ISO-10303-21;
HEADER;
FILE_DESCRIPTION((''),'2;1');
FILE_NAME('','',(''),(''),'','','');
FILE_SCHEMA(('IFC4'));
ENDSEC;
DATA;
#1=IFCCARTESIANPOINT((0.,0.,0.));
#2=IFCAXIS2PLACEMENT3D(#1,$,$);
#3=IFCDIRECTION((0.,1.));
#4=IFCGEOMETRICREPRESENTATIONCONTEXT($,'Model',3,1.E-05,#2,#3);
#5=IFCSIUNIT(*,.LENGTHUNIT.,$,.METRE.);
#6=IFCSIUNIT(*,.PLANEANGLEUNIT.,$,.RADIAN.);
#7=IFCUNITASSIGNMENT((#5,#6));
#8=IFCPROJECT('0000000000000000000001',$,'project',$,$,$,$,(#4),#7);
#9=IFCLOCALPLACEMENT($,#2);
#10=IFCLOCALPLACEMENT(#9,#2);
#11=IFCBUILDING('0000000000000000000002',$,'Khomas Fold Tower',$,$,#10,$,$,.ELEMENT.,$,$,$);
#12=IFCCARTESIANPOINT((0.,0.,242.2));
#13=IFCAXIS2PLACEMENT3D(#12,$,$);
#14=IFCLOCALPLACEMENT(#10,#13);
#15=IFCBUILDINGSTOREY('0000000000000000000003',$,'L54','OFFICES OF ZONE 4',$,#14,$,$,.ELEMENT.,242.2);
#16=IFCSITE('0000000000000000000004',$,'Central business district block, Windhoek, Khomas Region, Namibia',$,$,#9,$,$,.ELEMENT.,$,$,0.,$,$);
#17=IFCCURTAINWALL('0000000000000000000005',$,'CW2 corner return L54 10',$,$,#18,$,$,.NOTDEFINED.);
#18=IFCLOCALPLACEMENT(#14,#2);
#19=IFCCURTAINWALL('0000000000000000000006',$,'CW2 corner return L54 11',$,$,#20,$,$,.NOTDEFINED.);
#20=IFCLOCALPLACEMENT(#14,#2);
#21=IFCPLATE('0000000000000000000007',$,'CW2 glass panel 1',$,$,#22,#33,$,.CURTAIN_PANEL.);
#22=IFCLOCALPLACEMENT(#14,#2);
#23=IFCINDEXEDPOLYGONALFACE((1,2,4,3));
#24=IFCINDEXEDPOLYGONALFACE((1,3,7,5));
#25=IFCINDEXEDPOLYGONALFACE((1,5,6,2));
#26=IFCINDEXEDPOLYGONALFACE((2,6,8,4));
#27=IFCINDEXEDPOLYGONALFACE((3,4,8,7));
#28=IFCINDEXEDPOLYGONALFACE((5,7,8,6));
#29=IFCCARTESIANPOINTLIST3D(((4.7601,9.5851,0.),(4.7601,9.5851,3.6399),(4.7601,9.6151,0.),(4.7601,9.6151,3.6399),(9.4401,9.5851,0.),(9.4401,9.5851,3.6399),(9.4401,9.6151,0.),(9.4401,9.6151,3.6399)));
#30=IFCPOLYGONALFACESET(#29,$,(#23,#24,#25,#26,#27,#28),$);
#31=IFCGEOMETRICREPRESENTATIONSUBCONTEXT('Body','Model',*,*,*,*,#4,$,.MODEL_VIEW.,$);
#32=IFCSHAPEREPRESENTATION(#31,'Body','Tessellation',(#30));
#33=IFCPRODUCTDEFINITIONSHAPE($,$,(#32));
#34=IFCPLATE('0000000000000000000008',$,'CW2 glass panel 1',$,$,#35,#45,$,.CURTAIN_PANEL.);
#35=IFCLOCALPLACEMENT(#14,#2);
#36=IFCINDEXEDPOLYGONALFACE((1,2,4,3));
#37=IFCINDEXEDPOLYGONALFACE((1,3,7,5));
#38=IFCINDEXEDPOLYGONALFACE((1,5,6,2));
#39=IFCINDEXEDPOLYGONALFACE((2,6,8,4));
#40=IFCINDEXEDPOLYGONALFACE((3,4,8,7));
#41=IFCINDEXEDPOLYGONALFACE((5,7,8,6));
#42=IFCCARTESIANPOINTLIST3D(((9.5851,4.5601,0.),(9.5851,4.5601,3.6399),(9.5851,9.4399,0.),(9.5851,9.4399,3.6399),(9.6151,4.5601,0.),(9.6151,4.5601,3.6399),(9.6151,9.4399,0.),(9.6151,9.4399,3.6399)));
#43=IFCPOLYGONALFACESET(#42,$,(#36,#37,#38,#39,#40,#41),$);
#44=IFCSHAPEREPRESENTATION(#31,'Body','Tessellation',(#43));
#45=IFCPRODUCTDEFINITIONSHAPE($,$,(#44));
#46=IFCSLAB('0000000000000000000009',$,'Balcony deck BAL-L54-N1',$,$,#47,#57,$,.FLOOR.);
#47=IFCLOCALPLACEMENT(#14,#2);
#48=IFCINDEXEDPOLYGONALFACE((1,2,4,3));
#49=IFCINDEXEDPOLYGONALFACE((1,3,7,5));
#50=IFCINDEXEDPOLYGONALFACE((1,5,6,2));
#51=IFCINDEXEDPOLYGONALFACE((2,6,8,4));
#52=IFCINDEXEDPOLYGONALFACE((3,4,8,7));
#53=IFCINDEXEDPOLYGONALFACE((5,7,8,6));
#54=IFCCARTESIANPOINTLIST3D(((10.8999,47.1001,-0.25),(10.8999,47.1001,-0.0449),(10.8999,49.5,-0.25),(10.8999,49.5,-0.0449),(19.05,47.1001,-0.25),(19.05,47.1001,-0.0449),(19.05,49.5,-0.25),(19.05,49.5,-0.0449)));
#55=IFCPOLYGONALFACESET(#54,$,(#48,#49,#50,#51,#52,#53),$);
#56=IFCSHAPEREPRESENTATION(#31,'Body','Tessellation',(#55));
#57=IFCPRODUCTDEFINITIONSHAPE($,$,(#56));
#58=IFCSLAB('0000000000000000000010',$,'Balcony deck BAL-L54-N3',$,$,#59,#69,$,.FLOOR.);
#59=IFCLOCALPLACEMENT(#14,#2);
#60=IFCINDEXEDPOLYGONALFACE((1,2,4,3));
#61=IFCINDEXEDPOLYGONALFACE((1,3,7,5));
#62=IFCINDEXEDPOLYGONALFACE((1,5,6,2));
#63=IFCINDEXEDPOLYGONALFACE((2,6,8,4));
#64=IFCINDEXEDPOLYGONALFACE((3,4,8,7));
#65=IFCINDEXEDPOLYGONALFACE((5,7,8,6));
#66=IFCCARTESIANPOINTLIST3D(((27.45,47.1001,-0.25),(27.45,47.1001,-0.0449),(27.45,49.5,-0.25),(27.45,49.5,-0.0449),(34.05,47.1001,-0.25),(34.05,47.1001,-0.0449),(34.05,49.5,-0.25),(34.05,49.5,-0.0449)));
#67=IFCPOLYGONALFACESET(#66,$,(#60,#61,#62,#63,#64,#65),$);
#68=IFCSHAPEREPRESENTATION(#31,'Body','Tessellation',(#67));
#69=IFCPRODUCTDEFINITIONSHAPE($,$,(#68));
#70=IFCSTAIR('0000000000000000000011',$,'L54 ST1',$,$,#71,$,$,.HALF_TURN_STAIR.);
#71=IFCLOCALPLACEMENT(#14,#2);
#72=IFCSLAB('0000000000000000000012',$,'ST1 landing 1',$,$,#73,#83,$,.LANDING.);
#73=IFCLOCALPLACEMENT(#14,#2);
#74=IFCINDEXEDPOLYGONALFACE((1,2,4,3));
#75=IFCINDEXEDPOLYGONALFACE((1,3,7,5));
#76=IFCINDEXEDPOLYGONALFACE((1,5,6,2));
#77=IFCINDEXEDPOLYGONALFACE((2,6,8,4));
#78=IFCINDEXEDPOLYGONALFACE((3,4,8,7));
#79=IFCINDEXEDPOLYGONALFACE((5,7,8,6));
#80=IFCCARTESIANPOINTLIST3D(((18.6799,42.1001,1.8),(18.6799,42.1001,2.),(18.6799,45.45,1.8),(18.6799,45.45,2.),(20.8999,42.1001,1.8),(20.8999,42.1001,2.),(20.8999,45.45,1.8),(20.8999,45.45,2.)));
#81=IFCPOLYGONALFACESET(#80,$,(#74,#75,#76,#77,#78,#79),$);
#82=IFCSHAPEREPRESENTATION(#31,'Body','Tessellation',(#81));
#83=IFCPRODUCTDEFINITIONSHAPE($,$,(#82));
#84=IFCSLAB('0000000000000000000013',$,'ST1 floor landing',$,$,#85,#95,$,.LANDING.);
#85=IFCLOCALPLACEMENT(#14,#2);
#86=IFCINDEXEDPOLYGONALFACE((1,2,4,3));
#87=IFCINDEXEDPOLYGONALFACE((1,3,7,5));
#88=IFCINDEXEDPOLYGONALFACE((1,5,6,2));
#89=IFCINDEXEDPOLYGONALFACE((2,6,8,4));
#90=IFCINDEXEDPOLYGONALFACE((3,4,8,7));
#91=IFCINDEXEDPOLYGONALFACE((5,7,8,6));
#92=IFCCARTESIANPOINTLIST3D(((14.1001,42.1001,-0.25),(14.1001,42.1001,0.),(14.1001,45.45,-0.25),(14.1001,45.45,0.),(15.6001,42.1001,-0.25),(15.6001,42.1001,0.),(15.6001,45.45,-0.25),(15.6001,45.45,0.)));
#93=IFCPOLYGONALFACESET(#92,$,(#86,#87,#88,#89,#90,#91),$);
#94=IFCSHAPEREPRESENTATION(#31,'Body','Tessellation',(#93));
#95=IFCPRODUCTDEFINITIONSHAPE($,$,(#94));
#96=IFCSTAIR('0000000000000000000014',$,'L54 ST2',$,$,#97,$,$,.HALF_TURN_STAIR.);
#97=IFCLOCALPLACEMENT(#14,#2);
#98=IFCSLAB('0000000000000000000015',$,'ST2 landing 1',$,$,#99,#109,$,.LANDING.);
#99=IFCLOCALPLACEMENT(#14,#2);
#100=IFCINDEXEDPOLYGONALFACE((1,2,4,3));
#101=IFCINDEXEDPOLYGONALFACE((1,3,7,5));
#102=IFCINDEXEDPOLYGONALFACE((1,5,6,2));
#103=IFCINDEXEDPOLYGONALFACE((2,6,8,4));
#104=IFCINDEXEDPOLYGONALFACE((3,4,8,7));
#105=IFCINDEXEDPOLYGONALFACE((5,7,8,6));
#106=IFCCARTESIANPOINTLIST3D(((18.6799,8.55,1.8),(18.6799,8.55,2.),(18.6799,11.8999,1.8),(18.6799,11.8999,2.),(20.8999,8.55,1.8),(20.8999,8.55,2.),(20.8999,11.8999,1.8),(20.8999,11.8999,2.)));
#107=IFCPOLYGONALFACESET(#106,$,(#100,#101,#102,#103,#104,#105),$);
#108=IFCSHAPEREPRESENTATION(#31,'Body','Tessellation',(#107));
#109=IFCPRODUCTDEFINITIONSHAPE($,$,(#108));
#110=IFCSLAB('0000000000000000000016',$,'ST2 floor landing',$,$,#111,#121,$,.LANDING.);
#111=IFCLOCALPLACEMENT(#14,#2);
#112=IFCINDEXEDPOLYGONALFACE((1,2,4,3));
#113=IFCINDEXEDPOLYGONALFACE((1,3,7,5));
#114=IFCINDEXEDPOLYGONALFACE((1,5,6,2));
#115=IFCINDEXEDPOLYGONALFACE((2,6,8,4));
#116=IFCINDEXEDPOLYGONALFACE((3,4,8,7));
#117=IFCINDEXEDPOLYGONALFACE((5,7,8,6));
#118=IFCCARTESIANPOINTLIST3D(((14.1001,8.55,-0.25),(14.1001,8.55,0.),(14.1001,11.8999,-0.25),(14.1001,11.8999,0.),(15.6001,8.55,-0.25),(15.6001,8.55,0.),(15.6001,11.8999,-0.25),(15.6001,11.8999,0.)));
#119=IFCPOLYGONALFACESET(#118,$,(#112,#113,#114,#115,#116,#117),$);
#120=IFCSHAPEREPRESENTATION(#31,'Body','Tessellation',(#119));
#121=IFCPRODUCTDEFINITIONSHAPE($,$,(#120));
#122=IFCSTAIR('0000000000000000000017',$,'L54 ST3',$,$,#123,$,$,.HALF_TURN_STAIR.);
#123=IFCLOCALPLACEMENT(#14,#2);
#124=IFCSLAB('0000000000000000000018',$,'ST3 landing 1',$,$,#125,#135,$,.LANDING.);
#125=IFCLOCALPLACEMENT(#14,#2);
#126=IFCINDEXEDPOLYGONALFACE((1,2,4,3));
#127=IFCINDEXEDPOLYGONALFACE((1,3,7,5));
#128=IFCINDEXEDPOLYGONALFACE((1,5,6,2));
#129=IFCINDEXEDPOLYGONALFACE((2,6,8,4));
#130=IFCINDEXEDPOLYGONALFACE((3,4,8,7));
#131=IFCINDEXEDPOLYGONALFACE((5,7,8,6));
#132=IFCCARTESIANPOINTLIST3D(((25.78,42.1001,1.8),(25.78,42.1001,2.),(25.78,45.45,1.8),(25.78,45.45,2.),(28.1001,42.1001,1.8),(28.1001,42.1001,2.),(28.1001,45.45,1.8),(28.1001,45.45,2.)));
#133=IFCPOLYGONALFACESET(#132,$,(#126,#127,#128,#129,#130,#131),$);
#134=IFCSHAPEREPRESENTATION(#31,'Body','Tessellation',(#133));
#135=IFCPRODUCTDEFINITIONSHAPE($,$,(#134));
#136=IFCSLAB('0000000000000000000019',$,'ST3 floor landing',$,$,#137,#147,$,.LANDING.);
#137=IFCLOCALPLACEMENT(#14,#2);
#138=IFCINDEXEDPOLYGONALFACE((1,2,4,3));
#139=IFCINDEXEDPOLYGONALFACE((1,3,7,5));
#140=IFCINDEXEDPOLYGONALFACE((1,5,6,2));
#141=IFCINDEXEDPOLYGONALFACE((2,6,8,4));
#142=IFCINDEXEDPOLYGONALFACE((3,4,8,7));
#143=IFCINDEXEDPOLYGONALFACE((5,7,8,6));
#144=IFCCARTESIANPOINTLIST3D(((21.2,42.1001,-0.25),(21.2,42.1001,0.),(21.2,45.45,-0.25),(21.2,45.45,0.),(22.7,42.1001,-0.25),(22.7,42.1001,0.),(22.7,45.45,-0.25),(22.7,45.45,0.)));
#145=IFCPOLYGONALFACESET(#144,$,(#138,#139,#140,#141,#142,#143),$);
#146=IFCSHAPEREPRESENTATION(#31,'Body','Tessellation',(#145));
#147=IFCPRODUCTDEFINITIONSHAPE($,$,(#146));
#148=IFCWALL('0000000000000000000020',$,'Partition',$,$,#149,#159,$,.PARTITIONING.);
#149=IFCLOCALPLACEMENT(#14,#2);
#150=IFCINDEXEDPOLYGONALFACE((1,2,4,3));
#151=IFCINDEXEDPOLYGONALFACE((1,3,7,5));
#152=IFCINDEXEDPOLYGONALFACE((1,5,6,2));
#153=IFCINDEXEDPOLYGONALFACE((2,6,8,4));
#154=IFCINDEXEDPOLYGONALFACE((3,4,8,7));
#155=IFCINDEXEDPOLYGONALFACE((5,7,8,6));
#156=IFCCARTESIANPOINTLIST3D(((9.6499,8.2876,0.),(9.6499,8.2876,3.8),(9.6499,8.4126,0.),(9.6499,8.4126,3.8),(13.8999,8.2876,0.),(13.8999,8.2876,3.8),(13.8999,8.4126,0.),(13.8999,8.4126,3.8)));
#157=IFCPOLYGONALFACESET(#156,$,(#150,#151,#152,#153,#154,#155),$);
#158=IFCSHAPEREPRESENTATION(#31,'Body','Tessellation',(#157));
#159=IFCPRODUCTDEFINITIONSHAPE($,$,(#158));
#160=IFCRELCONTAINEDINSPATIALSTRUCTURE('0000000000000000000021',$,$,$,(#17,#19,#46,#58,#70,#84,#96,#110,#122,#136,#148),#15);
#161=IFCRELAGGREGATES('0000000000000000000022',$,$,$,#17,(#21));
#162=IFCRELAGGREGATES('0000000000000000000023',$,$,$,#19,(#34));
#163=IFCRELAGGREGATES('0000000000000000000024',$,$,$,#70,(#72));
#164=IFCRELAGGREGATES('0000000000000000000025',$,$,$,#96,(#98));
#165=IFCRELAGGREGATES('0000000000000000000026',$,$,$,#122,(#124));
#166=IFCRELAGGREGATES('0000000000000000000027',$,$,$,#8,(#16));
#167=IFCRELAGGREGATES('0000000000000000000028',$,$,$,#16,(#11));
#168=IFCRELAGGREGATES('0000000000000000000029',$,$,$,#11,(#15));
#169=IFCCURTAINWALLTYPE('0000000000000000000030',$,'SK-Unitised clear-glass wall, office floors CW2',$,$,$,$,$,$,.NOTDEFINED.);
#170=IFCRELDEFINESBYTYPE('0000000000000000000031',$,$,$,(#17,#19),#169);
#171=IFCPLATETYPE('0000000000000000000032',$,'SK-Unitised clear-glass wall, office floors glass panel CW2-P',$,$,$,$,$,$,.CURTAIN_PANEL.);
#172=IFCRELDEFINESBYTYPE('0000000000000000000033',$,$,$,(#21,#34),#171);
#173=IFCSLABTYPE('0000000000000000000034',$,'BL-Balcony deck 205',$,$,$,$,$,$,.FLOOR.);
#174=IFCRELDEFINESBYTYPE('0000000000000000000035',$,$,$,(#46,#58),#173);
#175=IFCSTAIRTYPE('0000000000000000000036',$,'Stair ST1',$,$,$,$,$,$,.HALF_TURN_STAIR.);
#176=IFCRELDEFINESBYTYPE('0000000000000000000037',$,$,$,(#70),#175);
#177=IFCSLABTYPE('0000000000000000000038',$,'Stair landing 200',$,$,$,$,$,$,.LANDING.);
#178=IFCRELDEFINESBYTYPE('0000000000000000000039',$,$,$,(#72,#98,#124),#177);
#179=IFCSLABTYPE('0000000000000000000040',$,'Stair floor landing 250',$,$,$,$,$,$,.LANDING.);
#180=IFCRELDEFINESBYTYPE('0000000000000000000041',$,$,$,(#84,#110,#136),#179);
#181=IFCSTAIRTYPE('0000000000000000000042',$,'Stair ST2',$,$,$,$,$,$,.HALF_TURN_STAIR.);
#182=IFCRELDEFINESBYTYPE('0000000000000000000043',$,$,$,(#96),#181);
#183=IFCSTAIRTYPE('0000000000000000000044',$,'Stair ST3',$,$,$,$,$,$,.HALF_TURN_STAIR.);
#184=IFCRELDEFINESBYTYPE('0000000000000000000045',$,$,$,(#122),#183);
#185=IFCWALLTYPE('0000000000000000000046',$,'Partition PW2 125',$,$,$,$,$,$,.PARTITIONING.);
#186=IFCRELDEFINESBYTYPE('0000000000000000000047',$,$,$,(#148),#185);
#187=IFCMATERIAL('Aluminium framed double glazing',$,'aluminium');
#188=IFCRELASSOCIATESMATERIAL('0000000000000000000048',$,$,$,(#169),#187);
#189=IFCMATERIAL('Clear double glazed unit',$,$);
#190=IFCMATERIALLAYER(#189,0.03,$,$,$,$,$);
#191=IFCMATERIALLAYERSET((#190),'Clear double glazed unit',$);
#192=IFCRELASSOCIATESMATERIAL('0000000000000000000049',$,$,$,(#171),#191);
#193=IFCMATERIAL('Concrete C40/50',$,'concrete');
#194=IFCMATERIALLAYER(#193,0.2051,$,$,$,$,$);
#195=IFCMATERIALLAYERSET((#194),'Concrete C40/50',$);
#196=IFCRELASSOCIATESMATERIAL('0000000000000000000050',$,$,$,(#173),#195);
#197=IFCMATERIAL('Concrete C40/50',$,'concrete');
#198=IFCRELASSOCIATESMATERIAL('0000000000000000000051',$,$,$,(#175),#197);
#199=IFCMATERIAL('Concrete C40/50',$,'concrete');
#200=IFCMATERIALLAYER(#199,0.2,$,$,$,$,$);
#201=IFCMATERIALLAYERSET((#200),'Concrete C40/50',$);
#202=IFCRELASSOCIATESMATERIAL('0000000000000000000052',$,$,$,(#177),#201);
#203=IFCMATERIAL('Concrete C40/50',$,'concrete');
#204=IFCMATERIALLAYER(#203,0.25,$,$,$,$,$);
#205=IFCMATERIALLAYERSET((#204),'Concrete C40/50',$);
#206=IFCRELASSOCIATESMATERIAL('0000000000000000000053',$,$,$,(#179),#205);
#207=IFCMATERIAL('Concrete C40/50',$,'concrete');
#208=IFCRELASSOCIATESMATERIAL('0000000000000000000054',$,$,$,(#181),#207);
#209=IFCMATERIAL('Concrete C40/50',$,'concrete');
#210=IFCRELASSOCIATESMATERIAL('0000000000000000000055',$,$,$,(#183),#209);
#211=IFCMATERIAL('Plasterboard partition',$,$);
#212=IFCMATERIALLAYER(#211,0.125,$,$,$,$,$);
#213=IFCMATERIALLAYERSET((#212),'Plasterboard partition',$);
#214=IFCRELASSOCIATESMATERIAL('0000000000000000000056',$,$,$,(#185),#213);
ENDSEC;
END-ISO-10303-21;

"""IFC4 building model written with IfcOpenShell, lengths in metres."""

from ifc_helpers import new_model, si_unit, direction, frame, frame_2d, origin, origin_2d, place, context, subcontext, project, spatial, polyline, rectangle, outline, extrude, source, transform, mapped, material, layer, layer_set, type_object, element, aggregate, save


model = new_model("IFC4")

# Units and contexts
model_context = context("Model", 3, precision=1e-05, world=origin(), true_north=direction((0.0, 1.0)))
body_context = subcontext(model_context, "Body", "Model", "MODEL_VIEW")
ifc_project = project(units=[si_unit("LENGTHUNIT", "METRE"), si_unit("PLANEANGLEUNIT", "RADIAN")], contexts=[model_context])

# Site, building, storey
site_placement = place(None, origin())
site = spatial("IfcSite", under=ifc_project, at=site_placement, Name="Central business district block, Windhoek, Khomas Region, Namibia", CompositionType="ELEMENT", RefElevation=0.0)
building_placement = place(site_placement, origin())
building = spatial("IfcBuilding", under=site, at=building_placement, Name="Khomas Fold Tower", CompositionType="ELEMENT")
storey_placement = place(building_placement, frame((0.0, 0.0, 242.2)))
storey = spatial("IfcBuildingStorey", under=building, at=storey_placement, Name="L54", Description="OFFICES OF ZONE 4", CompositionType="ELEMENT", Elevation=242.2)

# Shared definitions
ifc_material_1 = material(Name="Aluminium framed double glazing", Category="aluminium")
curtain_wall_type = type_object("IfcCurtainWallType", Name="SK-Unitised clear-glass wall, office floors CW2", PredefinedType="NOTDEFINED", material=ifc_material_1)

# Curtain walls
curtain_wall_1_placement = place(storey_placement, origin())
curtain_wall_1 = element("IfcCurtainWall", 1, at=curtain_wall_1_placement, inside=storey, type_object=curtain_wall_type, Name="CW2 corner return L54 10", PredefinedType="NOTDEFINED")
curtain_wall_2_placement = place(storey_placement, origin())
curtain_wall_2 = element("IfcCurtainWall", 2, at=curtain_wall_2_placement, inside=storey, type_object=curtain_wall_type, Name="CW2 corner return L54 11", PredefinedType="NOTDEFINED")

# Plates
ifc_material_2 = material(Name="Clear double glazed unit")
ifc_layer_1 = layer(ifc_material_2, 0.03)
ifc_layer_set_1 = layer_set([ifc_layer_1], Name="Clear double glazed unit")
plate_type = type_object("IfcPlateType", Name="SK-Unitised clear-glass wall, office floors glass panel CW2-P", PredefinedType="CURTAIN_PANEL", material=ifc_layer_set_1)
shared_shape_1 = source(origin(), body_context, "Body", "SweptSolid", [
    extrude(rectangle(XDim=4.6799, YDim=0.03, at=origin_2d()), origin(), (0.0, 0.0, 1.0), 3.6399),
])
plate_1_placement = place(storey_placement, frame((7.1001, 9.6001, 0.0), z_axis=(0.0, 0.0, 1.0), x_axis=(1.0, 0.0, 0.0)))
plate_1 = element("IfcPlate", 3, at=plate_1_placement, type_object=plate_type, Name="CW2 glass panel 1", PredefinedType="CURTAIN_PANEL", context=body_context, shape_type="MappedRepresentation", body=[
    mapped(shared_shape_1, transform((0.0, 0.0, 0.0))),
])
aggregate(curtain_wall_1, [plate_1])
shared_shape_2 = source(origin(), body_context, "Body", "SweptSolid", [
    extrude(rectangle(XDim=4.8799, YDim=0.03, at=origin_2d()), origin(), (0.0, 0.0, 1.0), 3.6399),
])
plate_2_placement = place(storey_placement, frame((9.6001, 7.0, 0.0), z_axis=(0.0, 0.0, 1.0), x_axis=(0.0, -1.0, 0.0)))
plate_2 = element("IfcPlate", 4, at=plate_2_placement, type_object=plate_type, Name="CW2 glass panel 1", PredefinedType="CURTAIN_PANEL", context=body_context, shape_type="MappedRepresentation", body=[
    mapped(shared_shape_2, transform((0.0, 0.0, 0.0))),
])
aggregate(curtain_wall_2, [plate_2])

# Slabs
ifc_material_3 = material(Name="Concrete C40/50", Category="concrete")
ifc_layer_2 = layer(ifc_material_3, 0.2051)
ifc_layer_set_2 = layer_set([ifc_layer_2], Name="Concrete C40/50")
slab_type_1 = type_object("IfcSlabType", Name="BL-Balcony deck 205", PredefinedType="FLOOR", material=ifc_layer_set_2)
shared_shape_3 = source(origin(), body_context, "Body", "SweptSolid", [
    extrude(outline(polyline([(10.8999, 47.1001), (19.05, 47.1001), (19.05, 49.5), (10.8999, 49.5), (10.8999, 47.1001)])), origin(), (0.0, 0.0, 1.0), 0.2051),
])
slab_1_placement = place(storey_placement, frame((0.0, 0.0, -0.25)))
element("IfcSlab", 5, at=slab_1_placement, inside=storey, type_object=slab_type_1, Name="Balcony deck BAL-L54-N1", PredefinedType="FLOOR", context=body_context, shape_type="MappedRepresentation", body=[
    mapped(shared_shape_3, transform((0.0, 0.0, 0.0))),
])
shared_shape_4 = source(origin(), body_context, "Body", "SweptSolid", [
    extrude(outline(polyline([(27.45, 47.1001), (34.05, 47.1001), (34.05, 49.5), (27.45, 49.5), (27.45, 47.1001)])), origin(), (0.0, 0.0, 1.0), 0.2051),
])
slab_2_placement = place(storey_placement, frame((0.0, 0.0, -0.25)))
element("IfcSlab", 6, at=slab_2_placement, inside=storey, type_object=slab_type_1, Name="Balcony deck BAL-L54-N3", PredefinedType="FLOOR", context=body_context, shape_type="MappedRepresentation", body=[
    mapped(shared_shape_4, transform((0.0, 0.0, 0.0))),
])

# Stair, slab
ifc_material_4 = material(Name="Concrete C40/50", Category="concrete")
stair_type_1 = type_object("IfcStairType", Name="Stair ST1", PredefinedType="HALF_TURN_STAIR", material=ifc_material_4)
stair_1_placement = place(storey_placement, origin())
stair_1 = element("IfcStair", 7, at=stair_1_placement, inside=storey, type_object=stair_type_1, Name="L54 ST1", PredefinedType="HALF_TURN_STAIR")
ifc_material_5 = material(Name="Concrete C40/50", Category="concrete")
ifc_layer_3 = layer(ifc_material_5, 0.2)
ifc_layer_set_3 = layer_set([ifc_layer_3], Name="Concrete C40/50")
slab_type_2 = type_object("IfcSlabType", Name="Stair landing 200", PredefinedType="LANDING", material=ifc_layer_set_3)
shared_shape_5 = source(origin(), body_context, "Body", "SweptSolid", [
    extrude(outline(polyline([(18.6799, 42.1001), (20.8999, 42.1001), (20.8999, 45.45), (18.6799, 45.45), (18.6799, 42.1001)])), origin(), (0.0, 0.0, 1.0), 0.2),
])
slab_3_placement = place(storey_placement, frame((0.0, 0.0, 1.8)))
slab_3 = element("IfcSlab", 8, at=slab_3_placement, type_object=slab_type_2, Name="ST1 landing 1", PredefinedType="LANDING", context=body_context, shape_type="MappedRepresentation", body=[
    mapped(shared_shape_5, transform((0.0, 0.0, 0.0))),
])
aggregate(stair_1, [slab_3])

# Slab
ifc_material_6 = material(Name="Concrete C40/50", Category="concrete")
ifc_layer_4 = layer(ifc_material_6, 0.25)
ifc_layer_set_4 = layer_set([ifc_layer_4], Name="Concrete C40/50")
slab_type_3 = type_object("IfcSlabType", Name="Stair floor landing 250", PredefinedType="LANDING", material=ifc_layer_set_4)
shared_shape_6 = source(origin(), body_context, "Body", "SweptSolid", [
    extrude(outline(polyline([(15.6001, 42.1001), (14.1001, 42.1001), (14.1001, 45.45), (15.6001, 45.45), (15.6001, 42.1001)])), origin(), (0.0, 0.0, 1.0), 0.25),
])
slab_4_placement = place(storey_placement, frame((0.0, 0.0, -0.25)))
element("IfcSlab", 9, at=slab_4_placement, inside=storey, type_object=slab_type_3, Name="ST1 floor landing", PredefinedType="LANDING", context=body_context, shape_type="MappedRepresentation", body=[
    mapped(shared_shape_6, transform((0.0, 0.0, 0.0))),
])

# Stair, slab
ifc_material_7 = material(Name="Concrete C40/50", Category="concrete")
stair_type_2 = type_object("IfcStairType", Name="Stair ST2", PredefinedType="HALF_TURN_STAIR", material=ifc_material_7)
stair_2_placement = place(storey_placement, origin())
stair_2 = element("IfcStair", 10, at=stair_2_placement, inside=storey, type_object=stair_type_2, Name="L54 ST2", PredefinedType="HALF_TURN_STAIR")
shared_shape_7 = source(origin(), body_context, "Body", "SweptSolid", [
    extrude(outline(polyline([(18.6799, 8.55), (20.8999, 8.55), (20.8999, 11.8999), (18.6799, 11.8999), (18.6799, 8.55)])), origin(), (0.0, 0.0, 1.0), 0.2),
])
slab_5_placement = place(storey_placement, frame((0.0, 0.0, 1.8)))
slab_5 = element("IfcSlab", 11, at=slab_5_placement, type_object=slab_type_2, Name="ST2 landing 1", PredefinedType="LANDING", context=body_context, shape_type="MappedRepresentation", body=[
    mapped(shared_shape_7, transform((0.0, 0.0, 0.0))),
])
aggregate(stair_2, [slab_5])

# Slab
shared_shape_8 = source(origin(), body_context, "Body", "SweptSolid", [
    extrude(outline(polyline([(15.6001, 8.55), (14.1001, 8.55), (14.1001, 11.8999), (15.6001, 11.8999), (15.6001, 8.55)])), origin(), (0.0, 0.0, 1.0), 0.25),
])
slab_6_placement = place(storey_placement, frame((0.0, 0.0, -0.25)))
element("IfcSlab", 12, at=slab_6_placement, inside=storey, type_object=slab_type_3, Name="ST2 floor landing", PredefinedType="LANDING", context=body_context, shape_type="MappedRepresentation", body=[
    mapped(shared_shape_8, transform((0.0, 0.0, 0.0))),
])

# Stair, slab
ifc_material_8 = material(Name="Concrete C40/50", Category="concrete")
stair_type_3 = type_object("IfcStairType", Name="Stair ST3", PredefinedType="HALF_TURN_STAIR", material=ifc_material_8)
stair_3_placement = place(storey_placement, origin())
stair_3 = element("IfcStair", 13, at=stair_3_placement, inside=storey, type_object=stair_type_3, Name="L54 ST3", PredefinedType="HALF_TURN_STAIR")
shared_shape_9 = source(origin(), body_context, "Body", "SweptSolid", [
    extrude(outline(polyline([(25.78, 42.1001), (28.1001, 42.1001), (28.1001, 45.45), (25.78, 45.45), (25.78, 42.1001)])), origin(), (0.0, 0.0, 1.0), 0.2),
])
slab_7_placement = place(storey_placement, frame((0.0, 0.0, 1.8)))
slab_7 = element("IfcSlab", 14, at=slab_7_placement, type_object=slab_type_2, Name="ST3 landing 1", PredefinedType="LANDING", context=body_context, shape_type="MappedRepresentation", body=[
    mapped(shared_shape_9, transform((0.0, 0.0, 0.0))),
])
aggregate(stair_3, [slab_7])

# Slab
shared_shape_10 = source(origin(), body_context, "Body", "SweptSolid", [
    extrude(outline(polyline([(22.7, 42.1001), (21.2, 42.1001), (21.2, 45.45), (22.7, 45.45), (22.7, 42.1001)])), origin(), (0.0, 0.0, 1.0), 0.25),
])
slab_8_placement = place(storey_placement, frame((0.0, 0.0, -0.25)))
element("IfcSlab", 15, at=slab_8_placement, inside=storey, type_object=slab_type_3, Name="ST3 floor landing", PredefinedType="LANDING", context=body_context, shape_type="MappedRepresentation", body=[
    mapped(shared_shape_10, transform((0.0, 0.0, 0.0))),
])

# Wall
ifc_material_9 = material(Name="Plasterboard partition")
ifc_layer_5 = layer(ifc_material_9, 0.125)
ifc_layer_set_5 = layer_set([ifc_layer_5], Name="Plasterboard partition")
wall_type = type_object("IfcWallType", Name="Partition PW2 125", PredefinedType="PARTITIONING", material=ifc_layer_set_5)
shared_shape_11 = source(origin(), body_context, "Body", "SweptSolid", [
    extrude(rectangle(XDim=4.25, YDim=0.125, at=frame_2d((2.125, 0.0))), origin(), (0.0, 0.0, 1.0), 3.8),
])
wall_placement = place(storey_placement, frame((9.6499, 8.3501, 0.0), z_axis=(0.0, 0.0, 1.0), x_axis=(1.0, 0.0, 0.0)))
element("IfcWall", 16, at=wall_placement, inside=storey, type_object=wall_type, Name="Partition", PredefinedType="PARTITIONING", context=body_context, shape_type="MappedRepresentation", body=[
    mapped(shared_shape_11, transform((0.0, 0.0, 0.0))),
])

save(model, "model.ifc")
